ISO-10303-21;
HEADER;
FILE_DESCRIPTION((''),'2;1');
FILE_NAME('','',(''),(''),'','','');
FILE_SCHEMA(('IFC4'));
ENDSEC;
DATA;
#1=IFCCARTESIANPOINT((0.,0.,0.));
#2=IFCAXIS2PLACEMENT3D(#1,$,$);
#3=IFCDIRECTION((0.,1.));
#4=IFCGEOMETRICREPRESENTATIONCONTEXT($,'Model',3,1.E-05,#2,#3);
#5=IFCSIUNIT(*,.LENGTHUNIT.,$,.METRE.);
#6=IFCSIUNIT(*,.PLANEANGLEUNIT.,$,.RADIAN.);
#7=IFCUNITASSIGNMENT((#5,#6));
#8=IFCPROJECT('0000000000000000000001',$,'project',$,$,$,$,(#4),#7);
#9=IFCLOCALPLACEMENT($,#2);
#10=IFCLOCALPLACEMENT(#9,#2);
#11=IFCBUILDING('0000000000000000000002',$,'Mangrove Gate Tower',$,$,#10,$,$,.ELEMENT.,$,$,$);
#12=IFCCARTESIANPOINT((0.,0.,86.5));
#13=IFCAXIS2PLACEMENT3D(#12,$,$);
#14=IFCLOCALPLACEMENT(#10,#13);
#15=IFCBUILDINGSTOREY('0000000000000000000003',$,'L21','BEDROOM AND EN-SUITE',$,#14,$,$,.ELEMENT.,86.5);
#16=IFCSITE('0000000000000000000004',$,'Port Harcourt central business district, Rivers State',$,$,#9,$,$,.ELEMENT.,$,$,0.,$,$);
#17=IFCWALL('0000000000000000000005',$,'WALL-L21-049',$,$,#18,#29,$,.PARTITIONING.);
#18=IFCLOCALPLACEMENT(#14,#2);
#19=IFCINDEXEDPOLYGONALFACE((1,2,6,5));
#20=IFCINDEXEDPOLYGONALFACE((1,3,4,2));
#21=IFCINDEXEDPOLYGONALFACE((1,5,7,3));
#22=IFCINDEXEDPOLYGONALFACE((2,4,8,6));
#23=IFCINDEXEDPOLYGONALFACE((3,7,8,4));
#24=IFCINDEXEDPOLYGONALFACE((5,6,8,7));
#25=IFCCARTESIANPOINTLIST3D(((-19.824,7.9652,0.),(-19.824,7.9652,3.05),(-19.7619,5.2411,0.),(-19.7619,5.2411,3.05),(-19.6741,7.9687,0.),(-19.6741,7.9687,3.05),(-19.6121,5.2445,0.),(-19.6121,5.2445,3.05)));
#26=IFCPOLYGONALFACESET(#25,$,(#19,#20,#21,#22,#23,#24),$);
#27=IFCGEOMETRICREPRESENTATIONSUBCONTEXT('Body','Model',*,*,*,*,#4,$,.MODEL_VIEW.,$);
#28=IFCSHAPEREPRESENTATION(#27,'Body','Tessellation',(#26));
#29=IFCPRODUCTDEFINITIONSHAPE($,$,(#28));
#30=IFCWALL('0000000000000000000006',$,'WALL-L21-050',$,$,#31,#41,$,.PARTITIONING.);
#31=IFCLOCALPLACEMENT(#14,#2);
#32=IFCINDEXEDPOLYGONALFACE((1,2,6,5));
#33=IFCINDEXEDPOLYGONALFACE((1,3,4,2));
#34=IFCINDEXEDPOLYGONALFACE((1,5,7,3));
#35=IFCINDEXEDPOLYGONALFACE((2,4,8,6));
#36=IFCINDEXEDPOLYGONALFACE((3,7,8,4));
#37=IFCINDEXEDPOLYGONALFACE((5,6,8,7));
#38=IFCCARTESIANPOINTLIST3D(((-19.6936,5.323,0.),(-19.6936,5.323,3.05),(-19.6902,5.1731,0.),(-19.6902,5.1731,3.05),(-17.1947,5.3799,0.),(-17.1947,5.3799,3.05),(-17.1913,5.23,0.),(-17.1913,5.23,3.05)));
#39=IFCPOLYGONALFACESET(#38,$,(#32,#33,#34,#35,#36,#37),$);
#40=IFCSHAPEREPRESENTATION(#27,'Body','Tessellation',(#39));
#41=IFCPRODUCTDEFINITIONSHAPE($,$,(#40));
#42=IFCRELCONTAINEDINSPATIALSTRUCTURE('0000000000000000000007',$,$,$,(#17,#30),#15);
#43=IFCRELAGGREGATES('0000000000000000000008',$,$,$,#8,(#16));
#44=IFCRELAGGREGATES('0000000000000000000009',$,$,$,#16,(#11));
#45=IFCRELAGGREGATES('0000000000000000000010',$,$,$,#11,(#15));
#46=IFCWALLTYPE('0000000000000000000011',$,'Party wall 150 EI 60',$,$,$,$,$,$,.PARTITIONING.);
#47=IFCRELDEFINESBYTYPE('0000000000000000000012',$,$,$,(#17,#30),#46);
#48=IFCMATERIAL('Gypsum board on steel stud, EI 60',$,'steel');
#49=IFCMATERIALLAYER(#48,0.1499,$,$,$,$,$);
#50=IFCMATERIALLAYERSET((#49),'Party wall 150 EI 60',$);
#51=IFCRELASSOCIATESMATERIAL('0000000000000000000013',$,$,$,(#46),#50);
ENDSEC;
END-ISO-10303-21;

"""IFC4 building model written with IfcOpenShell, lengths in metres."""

from ifc_helpers import new_model, si_unit, direction, frame, frame_2d, origin, place, context, subcontext, project, spatial, rectangle, extrude, material, layer, layer_set, type_object, element, save


model = new_model("IFC4")

# Units and contexts
model_context = context("Model", 3, precision=1e-05, world=origin(), true_north=direction((0.0, 1.0)))
body_context = subcontext(model_context, "Body", "Model", "MODEL_VIEW")
ifc_project = project(units=[si_unit("LENGTHUNIT", "METRE"), si_unit("PLANEANGLEUNIT", "RADIAN")], contexts=[model_context])

# Site, building, storey
site_placement = place(None, origin())
site = spatial("IfcSite", under=ifc_project, at=site_placement, Name="Port Harcourt central business district, Rivers State", CompositionType="ELEMENT", RefElevation=0.0)
building_placement = place(site_placement, origin())
building = spatial("IfcBuilding", under=site, at=building_placement, Name="Mangrove Gate Tower", CompositionType="ELEMENT")
storey_placement = place(building_placement, frame((0.0, 0.0, 86.5)))
storey = spatial("IfcBuildingStorey", under=building, at=storey_placement, Name="L21", Description="BEDROOM AND EN-SUITE", CompositionType="ELEMENT", Elevation=86.5)

# Walls
ifc_material_1 = material(Name="Gypsum board on steel stud, EI 60", Category="steel")
ifc_layer_1 = layer(ifc_material_1, 0.1499)
ifc_layer_set_1 = layer_set([ifc_layer_1], Name="Party wall 150 EI 60")
wall_type_1 = type_object("IfcWallType", Name="Party wall 150 EI 60", PredefinedType="PARTITIONING", material=ifc_layer_set_1)
wall_1_placement = place(storey_placement, frame((-19.687, 5.2429, 0.0), z_axis=(0.0, 0.0, 1.0), x_axis=(-0.022758, 0.999741, 0.0)))
element("IfcWall", 1, at=wall_1_placement, inside=storey, type_object=wall_type_1, Name="WALL-L21-049", PredefinedType="PARTITIONING", context=body_context, shape_type="SweptSolid", body=[
    extrude(rectangle(XDim=2.7249, YDim=0.1499, at=frame_2d((1.3623, 0.0))), origin(), (0.0, 0.0, 1.0), 3.05),
])
wall_2_placement = place(storey_placement, frame((-19.6919, 5.248, 0.0), z_axis=(0.0, 0.0, 1.0), x_axis=(0.999741, 0.022759, 0.0)))
element("IfcWall", 2, at=wall_2_placement, inside=storey, type_object=wall_type_1, Name="WALL-L21-050", PredefinedType="PARTITIONING", context=body_context, shape_type="SweptSolid", body=[
    extrude(rectangle(XDim=2.4995, YDim=0.1499, at=frame_2d((1.2498, 0.0))), origin(), (0.0, 0.0, 1.0), 3.05),
])

save(model, "model.ifc")
